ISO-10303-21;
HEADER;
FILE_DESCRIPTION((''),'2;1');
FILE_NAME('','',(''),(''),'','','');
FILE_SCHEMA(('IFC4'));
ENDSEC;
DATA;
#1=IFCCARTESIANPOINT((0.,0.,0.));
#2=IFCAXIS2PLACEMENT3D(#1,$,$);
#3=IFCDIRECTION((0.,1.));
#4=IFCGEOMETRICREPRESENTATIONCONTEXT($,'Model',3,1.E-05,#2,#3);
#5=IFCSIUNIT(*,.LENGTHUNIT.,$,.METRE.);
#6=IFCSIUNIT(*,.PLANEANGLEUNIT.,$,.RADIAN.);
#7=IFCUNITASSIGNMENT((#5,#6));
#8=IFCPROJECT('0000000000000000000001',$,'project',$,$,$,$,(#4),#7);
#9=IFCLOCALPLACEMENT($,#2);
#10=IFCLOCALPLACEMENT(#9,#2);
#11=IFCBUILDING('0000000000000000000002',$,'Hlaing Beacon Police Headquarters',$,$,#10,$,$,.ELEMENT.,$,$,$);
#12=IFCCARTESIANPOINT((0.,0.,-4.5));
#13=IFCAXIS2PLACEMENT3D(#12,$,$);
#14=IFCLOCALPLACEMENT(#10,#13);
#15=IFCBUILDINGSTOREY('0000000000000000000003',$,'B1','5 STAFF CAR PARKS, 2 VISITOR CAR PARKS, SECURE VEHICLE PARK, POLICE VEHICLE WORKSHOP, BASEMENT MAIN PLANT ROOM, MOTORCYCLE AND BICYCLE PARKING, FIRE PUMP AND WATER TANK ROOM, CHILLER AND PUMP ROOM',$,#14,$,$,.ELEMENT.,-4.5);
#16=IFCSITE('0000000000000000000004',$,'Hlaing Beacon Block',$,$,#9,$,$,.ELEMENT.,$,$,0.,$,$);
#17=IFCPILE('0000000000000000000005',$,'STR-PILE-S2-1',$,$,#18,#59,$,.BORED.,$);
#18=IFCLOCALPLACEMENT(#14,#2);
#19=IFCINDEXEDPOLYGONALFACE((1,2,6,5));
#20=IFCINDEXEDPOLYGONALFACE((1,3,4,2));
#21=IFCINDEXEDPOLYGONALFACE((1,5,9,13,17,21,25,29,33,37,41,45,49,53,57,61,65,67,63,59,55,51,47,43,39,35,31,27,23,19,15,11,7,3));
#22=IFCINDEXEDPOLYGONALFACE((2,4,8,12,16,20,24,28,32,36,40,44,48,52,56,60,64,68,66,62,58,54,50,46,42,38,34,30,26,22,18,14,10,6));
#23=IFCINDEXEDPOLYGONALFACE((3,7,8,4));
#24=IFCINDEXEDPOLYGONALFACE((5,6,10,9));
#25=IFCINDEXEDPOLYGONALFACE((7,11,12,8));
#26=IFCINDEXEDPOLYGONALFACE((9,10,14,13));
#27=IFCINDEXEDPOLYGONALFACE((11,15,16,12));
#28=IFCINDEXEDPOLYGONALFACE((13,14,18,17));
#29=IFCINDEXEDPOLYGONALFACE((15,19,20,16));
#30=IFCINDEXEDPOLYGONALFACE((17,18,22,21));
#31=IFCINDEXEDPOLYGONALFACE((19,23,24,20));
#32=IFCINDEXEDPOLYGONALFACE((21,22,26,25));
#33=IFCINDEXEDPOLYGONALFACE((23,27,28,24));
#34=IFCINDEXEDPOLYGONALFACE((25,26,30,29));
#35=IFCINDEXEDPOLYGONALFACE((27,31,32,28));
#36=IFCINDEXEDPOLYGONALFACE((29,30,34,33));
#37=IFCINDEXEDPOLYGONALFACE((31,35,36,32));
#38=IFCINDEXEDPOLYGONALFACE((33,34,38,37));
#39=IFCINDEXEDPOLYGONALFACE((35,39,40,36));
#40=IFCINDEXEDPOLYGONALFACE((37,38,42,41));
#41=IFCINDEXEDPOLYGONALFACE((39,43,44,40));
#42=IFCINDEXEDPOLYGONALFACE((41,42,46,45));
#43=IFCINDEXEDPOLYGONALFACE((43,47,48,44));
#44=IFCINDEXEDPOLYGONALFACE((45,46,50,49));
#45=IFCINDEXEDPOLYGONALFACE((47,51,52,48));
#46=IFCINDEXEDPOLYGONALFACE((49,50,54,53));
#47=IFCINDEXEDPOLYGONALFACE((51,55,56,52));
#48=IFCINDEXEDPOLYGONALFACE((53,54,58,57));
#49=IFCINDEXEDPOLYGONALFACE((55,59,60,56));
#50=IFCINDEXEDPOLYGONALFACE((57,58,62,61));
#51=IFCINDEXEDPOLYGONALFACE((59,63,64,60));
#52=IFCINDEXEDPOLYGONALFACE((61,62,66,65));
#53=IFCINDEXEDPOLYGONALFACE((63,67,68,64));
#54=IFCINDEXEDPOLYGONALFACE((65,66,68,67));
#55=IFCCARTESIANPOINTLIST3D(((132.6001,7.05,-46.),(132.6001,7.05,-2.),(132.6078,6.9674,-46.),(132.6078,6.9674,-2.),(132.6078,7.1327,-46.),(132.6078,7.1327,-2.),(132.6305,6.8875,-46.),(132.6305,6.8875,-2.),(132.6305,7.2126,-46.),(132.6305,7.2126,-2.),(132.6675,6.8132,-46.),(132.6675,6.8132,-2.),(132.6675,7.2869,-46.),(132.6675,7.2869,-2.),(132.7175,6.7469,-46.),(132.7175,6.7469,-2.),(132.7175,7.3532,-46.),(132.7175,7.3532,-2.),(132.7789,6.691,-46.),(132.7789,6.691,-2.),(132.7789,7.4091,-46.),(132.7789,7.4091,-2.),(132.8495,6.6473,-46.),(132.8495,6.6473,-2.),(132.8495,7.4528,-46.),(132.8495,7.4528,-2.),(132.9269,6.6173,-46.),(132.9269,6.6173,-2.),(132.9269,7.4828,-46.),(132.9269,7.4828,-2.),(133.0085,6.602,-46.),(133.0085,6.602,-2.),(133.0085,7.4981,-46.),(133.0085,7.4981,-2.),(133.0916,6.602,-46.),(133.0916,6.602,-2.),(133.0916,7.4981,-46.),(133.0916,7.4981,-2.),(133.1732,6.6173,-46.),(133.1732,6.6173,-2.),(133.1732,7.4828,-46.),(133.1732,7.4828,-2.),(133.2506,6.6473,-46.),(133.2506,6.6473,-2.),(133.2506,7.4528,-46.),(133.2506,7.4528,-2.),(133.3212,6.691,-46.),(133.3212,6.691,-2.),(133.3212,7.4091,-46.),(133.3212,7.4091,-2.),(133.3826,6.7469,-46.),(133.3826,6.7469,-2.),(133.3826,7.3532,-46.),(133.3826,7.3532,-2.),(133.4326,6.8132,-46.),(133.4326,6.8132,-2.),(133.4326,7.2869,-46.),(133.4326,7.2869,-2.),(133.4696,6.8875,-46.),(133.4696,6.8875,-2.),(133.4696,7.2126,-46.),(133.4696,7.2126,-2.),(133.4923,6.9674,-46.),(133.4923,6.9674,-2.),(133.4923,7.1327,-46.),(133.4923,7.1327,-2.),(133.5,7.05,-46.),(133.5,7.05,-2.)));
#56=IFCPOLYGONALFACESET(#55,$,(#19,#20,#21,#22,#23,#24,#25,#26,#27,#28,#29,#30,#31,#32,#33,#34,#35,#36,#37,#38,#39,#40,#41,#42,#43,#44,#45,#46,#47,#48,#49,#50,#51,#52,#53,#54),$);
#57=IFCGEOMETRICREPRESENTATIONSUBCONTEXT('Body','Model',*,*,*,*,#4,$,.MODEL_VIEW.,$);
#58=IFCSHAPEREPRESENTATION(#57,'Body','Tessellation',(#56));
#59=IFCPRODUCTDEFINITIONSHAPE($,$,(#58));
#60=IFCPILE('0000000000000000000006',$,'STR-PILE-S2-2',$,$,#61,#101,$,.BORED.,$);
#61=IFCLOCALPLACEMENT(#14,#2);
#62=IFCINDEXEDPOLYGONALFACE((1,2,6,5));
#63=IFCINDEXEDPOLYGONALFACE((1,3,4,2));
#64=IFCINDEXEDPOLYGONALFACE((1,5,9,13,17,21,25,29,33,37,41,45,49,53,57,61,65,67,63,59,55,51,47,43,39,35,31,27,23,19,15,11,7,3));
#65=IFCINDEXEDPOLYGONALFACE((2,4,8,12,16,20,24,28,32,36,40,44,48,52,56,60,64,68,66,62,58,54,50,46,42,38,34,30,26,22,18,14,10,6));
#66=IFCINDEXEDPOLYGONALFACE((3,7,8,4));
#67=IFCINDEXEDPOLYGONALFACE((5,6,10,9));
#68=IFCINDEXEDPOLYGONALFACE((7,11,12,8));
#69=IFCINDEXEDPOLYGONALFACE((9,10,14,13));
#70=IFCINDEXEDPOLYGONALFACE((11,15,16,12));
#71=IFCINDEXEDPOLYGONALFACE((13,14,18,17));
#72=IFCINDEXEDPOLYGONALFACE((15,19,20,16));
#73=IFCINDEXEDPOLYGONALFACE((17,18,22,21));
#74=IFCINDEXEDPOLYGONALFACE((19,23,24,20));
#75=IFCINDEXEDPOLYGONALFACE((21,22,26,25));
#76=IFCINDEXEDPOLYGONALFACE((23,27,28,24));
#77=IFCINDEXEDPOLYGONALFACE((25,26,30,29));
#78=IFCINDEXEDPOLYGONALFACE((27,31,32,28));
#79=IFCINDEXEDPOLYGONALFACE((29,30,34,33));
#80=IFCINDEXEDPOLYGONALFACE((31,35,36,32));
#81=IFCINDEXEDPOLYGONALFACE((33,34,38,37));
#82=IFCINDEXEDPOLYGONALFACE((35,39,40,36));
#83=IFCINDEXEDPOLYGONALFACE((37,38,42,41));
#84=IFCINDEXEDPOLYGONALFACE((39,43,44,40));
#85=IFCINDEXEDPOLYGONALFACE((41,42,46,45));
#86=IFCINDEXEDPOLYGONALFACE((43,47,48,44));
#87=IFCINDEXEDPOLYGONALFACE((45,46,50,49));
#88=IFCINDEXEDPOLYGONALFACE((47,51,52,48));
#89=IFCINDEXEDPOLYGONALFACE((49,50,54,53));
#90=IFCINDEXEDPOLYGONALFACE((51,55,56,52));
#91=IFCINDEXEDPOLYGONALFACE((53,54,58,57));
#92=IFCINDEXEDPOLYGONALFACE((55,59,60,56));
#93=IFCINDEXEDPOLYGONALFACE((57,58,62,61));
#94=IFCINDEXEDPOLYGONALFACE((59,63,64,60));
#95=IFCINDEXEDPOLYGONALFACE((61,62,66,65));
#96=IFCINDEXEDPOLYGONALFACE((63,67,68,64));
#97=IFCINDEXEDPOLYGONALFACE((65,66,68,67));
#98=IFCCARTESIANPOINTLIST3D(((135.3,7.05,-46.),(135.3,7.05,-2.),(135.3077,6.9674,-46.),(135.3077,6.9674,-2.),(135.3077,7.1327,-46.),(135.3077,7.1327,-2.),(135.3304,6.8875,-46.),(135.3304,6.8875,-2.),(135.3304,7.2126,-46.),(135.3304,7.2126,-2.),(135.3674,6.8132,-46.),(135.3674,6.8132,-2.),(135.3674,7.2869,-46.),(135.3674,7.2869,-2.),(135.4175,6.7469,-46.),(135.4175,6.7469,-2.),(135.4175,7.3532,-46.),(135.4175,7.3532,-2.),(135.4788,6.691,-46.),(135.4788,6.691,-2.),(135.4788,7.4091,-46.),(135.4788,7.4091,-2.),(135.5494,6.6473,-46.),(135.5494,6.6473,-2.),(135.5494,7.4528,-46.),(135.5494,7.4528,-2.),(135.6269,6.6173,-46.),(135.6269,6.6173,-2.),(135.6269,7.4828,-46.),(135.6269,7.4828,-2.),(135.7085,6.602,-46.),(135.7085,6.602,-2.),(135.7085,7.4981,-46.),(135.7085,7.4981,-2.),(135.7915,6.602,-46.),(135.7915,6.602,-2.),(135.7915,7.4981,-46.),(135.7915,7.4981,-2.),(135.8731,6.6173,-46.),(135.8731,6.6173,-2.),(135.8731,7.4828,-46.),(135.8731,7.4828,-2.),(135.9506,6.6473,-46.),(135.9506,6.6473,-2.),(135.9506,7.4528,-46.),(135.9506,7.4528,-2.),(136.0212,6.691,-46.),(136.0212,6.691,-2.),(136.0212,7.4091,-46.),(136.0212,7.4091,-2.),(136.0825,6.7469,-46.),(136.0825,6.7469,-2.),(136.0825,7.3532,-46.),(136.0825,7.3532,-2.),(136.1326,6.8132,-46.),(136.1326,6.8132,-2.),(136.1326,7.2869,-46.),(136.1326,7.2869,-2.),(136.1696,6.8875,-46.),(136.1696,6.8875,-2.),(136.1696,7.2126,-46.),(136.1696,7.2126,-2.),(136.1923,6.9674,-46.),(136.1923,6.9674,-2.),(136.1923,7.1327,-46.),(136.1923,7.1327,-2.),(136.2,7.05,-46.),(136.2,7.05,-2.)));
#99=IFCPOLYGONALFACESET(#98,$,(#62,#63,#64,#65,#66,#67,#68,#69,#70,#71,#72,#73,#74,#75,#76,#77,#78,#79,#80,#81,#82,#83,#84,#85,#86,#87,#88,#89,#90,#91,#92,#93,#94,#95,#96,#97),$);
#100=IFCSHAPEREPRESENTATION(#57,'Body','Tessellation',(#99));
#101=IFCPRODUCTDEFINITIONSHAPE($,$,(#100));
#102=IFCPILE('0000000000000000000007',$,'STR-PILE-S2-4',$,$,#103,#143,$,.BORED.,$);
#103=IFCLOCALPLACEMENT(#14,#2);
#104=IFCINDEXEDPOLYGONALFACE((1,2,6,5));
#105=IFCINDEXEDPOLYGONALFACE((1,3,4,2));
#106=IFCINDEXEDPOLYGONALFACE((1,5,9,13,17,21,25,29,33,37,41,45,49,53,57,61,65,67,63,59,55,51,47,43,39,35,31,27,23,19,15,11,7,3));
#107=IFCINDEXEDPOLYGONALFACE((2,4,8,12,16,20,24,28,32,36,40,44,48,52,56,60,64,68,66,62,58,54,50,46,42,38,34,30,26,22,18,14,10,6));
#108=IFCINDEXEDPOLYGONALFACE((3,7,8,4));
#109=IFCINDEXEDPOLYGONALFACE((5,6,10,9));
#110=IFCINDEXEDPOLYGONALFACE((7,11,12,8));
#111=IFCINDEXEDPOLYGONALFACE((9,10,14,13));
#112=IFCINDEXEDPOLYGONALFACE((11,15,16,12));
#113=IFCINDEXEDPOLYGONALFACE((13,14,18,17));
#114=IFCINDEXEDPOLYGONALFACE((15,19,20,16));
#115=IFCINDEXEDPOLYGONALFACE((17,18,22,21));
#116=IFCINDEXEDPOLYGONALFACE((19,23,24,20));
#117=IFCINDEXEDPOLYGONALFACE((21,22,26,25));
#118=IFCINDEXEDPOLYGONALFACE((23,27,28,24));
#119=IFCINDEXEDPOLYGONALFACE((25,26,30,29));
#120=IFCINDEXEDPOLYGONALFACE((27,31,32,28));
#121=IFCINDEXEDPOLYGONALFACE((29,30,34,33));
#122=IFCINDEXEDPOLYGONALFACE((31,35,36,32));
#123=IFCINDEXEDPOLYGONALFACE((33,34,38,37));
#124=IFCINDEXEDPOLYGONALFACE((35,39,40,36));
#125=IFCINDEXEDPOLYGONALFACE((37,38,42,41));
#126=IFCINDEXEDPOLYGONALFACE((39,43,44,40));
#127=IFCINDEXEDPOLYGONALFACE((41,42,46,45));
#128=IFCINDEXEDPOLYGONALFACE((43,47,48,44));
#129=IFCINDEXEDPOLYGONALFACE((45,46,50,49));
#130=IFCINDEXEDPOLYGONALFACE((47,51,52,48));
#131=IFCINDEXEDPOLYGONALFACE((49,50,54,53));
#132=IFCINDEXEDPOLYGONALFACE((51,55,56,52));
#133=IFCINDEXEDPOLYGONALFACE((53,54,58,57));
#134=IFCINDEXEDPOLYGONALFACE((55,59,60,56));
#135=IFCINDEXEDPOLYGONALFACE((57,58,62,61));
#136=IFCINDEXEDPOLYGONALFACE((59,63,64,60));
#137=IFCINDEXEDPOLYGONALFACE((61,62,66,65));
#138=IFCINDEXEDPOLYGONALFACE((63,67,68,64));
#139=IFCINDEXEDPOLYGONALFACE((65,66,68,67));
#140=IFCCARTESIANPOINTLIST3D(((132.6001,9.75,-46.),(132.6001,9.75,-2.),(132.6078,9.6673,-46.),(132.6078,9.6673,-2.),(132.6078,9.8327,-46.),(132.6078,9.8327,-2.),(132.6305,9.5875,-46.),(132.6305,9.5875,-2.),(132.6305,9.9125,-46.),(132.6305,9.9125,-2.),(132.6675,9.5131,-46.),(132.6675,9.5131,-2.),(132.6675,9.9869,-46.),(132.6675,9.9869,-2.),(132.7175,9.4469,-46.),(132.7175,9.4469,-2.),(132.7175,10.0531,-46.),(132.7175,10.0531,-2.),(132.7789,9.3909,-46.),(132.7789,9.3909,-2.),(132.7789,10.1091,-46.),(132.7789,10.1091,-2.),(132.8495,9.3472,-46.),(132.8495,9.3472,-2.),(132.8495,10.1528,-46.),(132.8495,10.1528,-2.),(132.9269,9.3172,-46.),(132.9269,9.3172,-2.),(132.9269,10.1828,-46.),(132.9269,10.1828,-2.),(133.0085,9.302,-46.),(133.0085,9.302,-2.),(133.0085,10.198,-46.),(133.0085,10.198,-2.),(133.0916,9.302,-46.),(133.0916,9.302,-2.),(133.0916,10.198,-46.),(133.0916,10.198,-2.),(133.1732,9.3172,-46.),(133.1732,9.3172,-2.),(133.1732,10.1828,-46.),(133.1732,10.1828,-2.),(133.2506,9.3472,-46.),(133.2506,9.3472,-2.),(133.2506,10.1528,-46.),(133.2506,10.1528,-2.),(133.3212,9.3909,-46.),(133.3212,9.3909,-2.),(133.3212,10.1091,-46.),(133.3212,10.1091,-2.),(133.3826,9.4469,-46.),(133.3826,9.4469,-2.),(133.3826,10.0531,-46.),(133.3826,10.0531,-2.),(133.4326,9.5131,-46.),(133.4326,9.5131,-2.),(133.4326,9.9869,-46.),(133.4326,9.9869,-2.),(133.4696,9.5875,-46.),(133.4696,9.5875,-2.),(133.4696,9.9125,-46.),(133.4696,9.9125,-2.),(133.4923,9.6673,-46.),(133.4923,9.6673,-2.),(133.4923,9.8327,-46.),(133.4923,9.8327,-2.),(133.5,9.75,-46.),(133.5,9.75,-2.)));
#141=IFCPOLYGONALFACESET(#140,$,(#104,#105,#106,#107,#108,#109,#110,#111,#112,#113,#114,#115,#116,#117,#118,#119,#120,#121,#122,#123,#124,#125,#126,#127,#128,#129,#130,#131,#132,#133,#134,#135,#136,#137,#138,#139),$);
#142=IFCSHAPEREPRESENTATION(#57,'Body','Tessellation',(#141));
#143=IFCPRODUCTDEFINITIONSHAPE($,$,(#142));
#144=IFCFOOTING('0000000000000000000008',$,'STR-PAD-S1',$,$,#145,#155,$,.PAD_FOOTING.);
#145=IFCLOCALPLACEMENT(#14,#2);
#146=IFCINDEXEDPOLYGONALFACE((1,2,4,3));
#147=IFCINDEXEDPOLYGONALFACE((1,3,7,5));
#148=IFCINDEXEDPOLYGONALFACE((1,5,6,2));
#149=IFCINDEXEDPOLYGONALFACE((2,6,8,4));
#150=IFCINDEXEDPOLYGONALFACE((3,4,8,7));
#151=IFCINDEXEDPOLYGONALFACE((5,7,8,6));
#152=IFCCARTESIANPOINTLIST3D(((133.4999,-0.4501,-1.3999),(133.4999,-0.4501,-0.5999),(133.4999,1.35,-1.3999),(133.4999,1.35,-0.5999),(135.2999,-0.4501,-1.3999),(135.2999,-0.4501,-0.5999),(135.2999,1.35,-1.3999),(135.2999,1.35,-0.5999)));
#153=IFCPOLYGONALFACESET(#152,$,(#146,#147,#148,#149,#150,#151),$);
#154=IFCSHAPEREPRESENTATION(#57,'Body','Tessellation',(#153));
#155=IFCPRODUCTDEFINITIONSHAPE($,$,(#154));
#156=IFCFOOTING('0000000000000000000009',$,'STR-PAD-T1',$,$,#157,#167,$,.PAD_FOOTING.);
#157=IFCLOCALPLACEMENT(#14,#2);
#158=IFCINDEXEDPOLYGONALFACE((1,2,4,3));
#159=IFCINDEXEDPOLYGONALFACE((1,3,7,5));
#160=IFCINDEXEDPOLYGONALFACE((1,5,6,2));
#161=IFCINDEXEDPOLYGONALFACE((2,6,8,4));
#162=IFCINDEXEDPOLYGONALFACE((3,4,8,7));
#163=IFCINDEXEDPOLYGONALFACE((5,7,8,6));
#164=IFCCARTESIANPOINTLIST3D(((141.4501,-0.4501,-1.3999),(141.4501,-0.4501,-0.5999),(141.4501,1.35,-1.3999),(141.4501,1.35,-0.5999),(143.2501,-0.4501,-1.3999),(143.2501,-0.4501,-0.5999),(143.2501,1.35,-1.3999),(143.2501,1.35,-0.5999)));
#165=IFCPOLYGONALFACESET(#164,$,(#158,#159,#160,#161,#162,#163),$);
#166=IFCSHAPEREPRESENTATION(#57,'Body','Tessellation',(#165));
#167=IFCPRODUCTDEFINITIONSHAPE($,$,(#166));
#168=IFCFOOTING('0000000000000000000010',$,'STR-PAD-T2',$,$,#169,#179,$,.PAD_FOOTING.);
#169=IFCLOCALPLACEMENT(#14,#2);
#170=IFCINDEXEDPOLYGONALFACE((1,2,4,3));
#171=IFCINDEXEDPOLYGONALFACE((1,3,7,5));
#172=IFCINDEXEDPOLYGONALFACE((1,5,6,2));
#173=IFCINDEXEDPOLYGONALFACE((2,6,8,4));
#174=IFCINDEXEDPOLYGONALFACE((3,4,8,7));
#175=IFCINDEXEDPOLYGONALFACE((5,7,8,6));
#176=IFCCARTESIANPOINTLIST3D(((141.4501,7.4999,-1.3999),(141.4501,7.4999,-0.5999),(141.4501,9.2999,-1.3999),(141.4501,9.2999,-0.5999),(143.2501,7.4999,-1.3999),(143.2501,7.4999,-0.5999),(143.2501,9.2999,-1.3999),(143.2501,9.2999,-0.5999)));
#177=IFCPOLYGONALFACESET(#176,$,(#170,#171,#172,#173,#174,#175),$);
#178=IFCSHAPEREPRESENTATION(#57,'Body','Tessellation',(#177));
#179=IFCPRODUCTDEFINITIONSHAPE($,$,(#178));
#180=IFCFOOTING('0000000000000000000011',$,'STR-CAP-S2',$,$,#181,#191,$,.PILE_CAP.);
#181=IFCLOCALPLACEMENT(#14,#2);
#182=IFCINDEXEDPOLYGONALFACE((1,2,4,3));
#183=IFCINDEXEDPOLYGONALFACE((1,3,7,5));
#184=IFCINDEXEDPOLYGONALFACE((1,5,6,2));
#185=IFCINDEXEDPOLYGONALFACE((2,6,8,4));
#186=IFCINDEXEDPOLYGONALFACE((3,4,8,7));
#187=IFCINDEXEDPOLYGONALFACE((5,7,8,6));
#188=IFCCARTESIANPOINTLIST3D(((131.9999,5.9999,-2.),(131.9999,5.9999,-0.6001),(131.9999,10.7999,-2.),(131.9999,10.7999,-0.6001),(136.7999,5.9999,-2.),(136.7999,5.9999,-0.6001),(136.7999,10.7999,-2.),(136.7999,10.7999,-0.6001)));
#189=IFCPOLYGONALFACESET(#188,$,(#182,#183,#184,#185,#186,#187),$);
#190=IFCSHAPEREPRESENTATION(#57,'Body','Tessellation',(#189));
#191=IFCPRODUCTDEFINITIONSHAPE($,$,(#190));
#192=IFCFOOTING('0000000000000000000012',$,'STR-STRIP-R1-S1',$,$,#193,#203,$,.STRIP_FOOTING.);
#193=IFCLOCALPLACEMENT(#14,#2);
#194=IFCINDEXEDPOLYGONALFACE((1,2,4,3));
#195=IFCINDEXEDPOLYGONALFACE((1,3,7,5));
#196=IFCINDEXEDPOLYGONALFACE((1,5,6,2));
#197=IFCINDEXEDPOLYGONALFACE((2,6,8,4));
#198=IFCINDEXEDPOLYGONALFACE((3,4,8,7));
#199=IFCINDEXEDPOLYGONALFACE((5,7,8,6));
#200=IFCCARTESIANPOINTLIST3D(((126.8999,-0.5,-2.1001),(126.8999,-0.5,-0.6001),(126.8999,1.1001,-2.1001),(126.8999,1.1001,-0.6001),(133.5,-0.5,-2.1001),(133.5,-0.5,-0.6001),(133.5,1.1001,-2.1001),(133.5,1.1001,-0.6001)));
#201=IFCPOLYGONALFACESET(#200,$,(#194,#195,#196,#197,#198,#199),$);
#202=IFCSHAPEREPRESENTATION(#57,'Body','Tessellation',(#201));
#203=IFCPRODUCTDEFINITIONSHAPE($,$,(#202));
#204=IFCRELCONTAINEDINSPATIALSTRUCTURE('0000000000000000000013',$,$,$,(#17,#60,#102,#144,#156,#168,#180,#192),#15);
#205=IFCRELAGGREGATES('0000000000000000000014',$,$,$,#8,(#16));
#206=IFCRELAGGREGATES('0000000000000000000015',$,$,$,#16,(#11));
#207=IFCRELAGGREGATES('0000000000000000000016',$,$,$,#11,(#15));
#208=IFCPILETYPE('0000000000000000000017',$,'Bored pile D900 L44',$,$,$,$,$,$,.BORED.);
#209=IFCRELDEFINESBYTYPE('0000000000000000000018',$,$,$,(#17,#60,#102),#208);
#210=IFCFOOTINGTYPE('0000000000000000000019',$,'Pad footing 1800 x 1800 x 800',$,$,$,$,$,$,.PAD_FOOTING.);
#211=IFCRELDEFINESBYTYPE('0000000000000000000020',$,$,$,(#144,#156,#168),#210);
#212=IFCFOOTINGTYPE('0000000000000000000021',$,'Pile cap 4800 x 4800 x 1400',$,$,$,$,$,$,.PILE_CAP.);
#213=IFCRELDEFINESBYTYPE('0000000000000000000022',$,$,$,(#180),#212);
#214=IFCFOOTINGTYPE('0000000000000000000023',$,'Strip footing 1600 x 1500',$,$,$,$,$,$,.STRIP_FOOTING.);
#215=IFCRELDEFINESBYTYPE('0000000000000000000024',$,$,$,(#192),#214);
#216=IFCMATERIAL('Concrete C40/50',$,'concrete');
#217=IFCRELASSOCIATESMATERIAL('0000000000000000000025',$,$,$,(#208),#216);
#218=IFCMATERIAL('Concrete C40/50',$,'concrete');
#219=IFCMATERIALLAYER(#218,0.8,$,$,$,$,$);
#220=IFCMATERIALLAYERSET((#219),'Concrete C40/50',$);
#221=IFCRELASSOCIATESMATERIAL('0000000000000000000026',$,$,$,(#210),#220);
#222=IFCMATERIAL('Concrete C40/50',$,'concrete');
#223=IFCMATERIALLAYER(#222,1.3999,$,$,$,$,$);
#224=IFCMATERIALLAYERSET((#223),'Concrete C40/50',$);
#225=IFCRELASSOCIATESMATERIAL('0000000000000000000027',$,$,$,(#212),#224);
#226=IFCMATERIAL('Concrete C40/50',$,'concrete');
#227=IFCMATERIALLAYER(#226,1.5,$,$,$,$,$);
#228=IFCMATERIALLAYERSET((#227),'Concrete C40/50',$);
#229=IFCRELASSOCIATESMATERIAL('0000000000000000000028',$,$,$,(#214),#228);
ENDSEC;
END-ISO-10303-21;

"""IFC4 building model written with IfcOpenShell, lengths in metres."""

from ifc_helpers import new_model, si_unit, direction, frame, origin, origin_2d, place, context, subcontext, project, spatial, rectangle, circle, extrude, material, layer, layer_set, material_profile, profile_set, type_object, element, save


model = new_model("IFC4")

# Units and contexts
model_context = context("Model", 3, precision=1e-05, world=origin(), true_north=direction((0.0, 1.0)))
body_context = subcontext(model_context, "Body", "Model", "MODEL_VIEW")
ifc_project = project(units=[si_unit("LENGTHUNIT", "METRE"), si_unit("PLANEANGLEUNIT", "RADIAN")], contexts=[model_context])

# Site, building, storey
site_placement = place(None, origin())
site = spatial("IfcSite", under=ifc_project, at=site_placement, Name="Hlaing Beacon Block", CompositionType="ELEMENT", RefElevation=0.0)
building_placement = place(site_placement, origin())
building = spatial("IfcBuilding", under=site, at=building_placement, Name="Hlaing Beacon Police Headquarters", CompositionType="ELEMENT")
storey_placement = place(building_placement, frame((0.0, 0.0, -4.5)))
storey = spatial("IfcBuildingStorey", under=building, at=storey_placement, Name="B1", Description="5 STAFF CAR PARKS, 2 VISITOR CAR PARKS, SECURE VEHICLE PARK, POLICE VEHICLE WORKSHOP, BASEMENT MAIN PLANT ROOM, MOTORCYCLE AND BICYCLE PARKING, FIRE PUMP AND WATER TANK ROOM, CHILLER AND PUMP ROOM", CompositionType="ELEMENT", Elevation=-4.5)

# Piles
ifc_material_1 = material(Name="Concrete C40/50", Category="concrete")
ifc_material_profile_1 = material_profile(ifc_material_1, circle(Radius=0.45, at=origin_2d()), Name="D900")
ifc_profile_set_1 = profile_set([ifc_material_profile_1], Name="Concrete C40/50")
pile_type_1 = type_object("IfcPileType", Name="Bored pile D900 L44", PredefinedType="BORED", material=ifc_profile_set_1)
for number, where, z_axis, x_axis, name in (
    (1, (133.05, 7.05, -2.0), (0.0, 0.0, -1.0), (1.0, 0.0, 0.0), "STR-PILE-S2-1"),
    (2, (135.75, 7.05, -2.0), (0.0, 0.0, -1.0), (1.0, 0.0, 0.0), "STR-PILE-S2-2"),
    (3, (133.05, 9.75, -2.0), (0.0, 0.0, -1.0), (1.0, 0.0, 0.0), "STR-PILE-S2-4"),
):
    element("IfcPile", number, at=place(storey_placement, frame(where, z_axis=z_axis, x_axis=x_axis)), inside=storey, type_object=pile_type_1, Name=name, PredefinedType="BORED", context=body_context, shape_type="SweptSolid", body=[
        extrude(circle(Radius=0.45, at=origin_2d()), origin(), (0.0, 0.0, 1.0), 44.0),
    ])

# Footings
ifc_material_2 = material(Name="Concrete C40/50", Category="concrete")
ifc_layer_1 = layer(ifc_material_2, 0.8)
ifc_layer_set_1 = layer_set([ifc_layer_1], Name="Concrete C40/50")
footing_type_1 = type_object("IfcFootingType", Name="Pad footing 1800 x 1800 x 800", PredefinedType="PAD_FOOTING", material=ifc_layer_set_1)
for number, where, z_axis, x_axis, name in (
    (4, (134.3999, 0.45, -1.3999), (0.0, 0.0, 1.0), (1.0, 0.0, 0.0), "STR-PAD-S1"),
    (5, (142.3501, 0.45, -1.3999), (0.0, 0.0, 1.0), (1.0, 0.0, 0.0), "STR-PAD-T1"),
    (6, (142.3501, 8.3999, -1.3999), (0.0, 0.0, 1.0), (1.0, 0.0, 0.0), "STR-PAD-T2"),
):
    element("IfcFooting", number, at=place(storey_placement, frame(where, z_axis=z_axis, x_axis=x_axis)), inside=storey, type_object=footing_type_1, Name=name, PredefinedType="PAD_FOOTING", context=body_context, shape_type="SweptSolid", body=[
        extrude(rectangle(XDim=1.8, YDim=1.8, at=origin_2d()), origin(), (0.0, 0.0, 1.0), 0.8),
    ])
ifc_material_3 = material(Name="Concrete C40/50", Category="concrete")
ifc_layer_2 = layer(ifc_material_3, 1.3999)
ifc_layer_set_2 = layer_set([ifc_layer_2], Name="Concrete C40/50")
footing_type_2 = type_object("IfcFootingType", Name="Pile cap 4800 x 4800 x 1400", PredefinedType="PILE_CAP", material=ifc_layer_set_2)
footing_1_placement = place(storey_placement, frame((134.3999, 8.3999, -2.0), z_axis=(0.0, 0.0, 1.0), x_axis=(1.0, 0.0, 0.0)))
element("IfcFooting", 7, at=footing_1_placement, inside=storey, type_object=footing_type_2, Name="STR-CAP-S2", PredefinedType="PILE_CAP", context=body_context, shape_type="SweptSolid", body=[
    extrude(rectangle(XDim=4.8, YDim=4.8, at=origin_2d()), origin(), (0.0, 0.0, 1.0), 1.3999),
])
ifc_material_4 = material(Name="Concrete C40/50", Category="concrete")
ifc_layer_3 = layer(ifc_material_4, 1.5)
ifc_layer_set_3 = layer_set([ifc_layer_3], Name="Concrete C40/50")
footing_type_3 = type_object("IfcFootingType", Name="Strip footing 1600 x 1500", PredefinedType="STRIP_FOOTING", material=ifc_layer_set_3)
footing_2_placement = place(storey_placement, frame((130.2, 0.3, -2.1001), z_axis=(0.0, 0.0, 1.0), x_axis=(1.0, 0.0, 0.0)))
element("IfcFooting", 8, at=footing_2_placement, inside=storey, type_object=footing_type_3, Name="STR-STRIP-R1-S1", PredefinedType="STRIP_FOOTING", context=body_context, shape_type="SweptSolid", body=[
    extrude(rectangle(XDim=6.6001, YDim=1.6001, at=origin_2d()), origin(), (0.0, 0.0, 1.0), 1.5),
])

save(model, "model.ifc")
